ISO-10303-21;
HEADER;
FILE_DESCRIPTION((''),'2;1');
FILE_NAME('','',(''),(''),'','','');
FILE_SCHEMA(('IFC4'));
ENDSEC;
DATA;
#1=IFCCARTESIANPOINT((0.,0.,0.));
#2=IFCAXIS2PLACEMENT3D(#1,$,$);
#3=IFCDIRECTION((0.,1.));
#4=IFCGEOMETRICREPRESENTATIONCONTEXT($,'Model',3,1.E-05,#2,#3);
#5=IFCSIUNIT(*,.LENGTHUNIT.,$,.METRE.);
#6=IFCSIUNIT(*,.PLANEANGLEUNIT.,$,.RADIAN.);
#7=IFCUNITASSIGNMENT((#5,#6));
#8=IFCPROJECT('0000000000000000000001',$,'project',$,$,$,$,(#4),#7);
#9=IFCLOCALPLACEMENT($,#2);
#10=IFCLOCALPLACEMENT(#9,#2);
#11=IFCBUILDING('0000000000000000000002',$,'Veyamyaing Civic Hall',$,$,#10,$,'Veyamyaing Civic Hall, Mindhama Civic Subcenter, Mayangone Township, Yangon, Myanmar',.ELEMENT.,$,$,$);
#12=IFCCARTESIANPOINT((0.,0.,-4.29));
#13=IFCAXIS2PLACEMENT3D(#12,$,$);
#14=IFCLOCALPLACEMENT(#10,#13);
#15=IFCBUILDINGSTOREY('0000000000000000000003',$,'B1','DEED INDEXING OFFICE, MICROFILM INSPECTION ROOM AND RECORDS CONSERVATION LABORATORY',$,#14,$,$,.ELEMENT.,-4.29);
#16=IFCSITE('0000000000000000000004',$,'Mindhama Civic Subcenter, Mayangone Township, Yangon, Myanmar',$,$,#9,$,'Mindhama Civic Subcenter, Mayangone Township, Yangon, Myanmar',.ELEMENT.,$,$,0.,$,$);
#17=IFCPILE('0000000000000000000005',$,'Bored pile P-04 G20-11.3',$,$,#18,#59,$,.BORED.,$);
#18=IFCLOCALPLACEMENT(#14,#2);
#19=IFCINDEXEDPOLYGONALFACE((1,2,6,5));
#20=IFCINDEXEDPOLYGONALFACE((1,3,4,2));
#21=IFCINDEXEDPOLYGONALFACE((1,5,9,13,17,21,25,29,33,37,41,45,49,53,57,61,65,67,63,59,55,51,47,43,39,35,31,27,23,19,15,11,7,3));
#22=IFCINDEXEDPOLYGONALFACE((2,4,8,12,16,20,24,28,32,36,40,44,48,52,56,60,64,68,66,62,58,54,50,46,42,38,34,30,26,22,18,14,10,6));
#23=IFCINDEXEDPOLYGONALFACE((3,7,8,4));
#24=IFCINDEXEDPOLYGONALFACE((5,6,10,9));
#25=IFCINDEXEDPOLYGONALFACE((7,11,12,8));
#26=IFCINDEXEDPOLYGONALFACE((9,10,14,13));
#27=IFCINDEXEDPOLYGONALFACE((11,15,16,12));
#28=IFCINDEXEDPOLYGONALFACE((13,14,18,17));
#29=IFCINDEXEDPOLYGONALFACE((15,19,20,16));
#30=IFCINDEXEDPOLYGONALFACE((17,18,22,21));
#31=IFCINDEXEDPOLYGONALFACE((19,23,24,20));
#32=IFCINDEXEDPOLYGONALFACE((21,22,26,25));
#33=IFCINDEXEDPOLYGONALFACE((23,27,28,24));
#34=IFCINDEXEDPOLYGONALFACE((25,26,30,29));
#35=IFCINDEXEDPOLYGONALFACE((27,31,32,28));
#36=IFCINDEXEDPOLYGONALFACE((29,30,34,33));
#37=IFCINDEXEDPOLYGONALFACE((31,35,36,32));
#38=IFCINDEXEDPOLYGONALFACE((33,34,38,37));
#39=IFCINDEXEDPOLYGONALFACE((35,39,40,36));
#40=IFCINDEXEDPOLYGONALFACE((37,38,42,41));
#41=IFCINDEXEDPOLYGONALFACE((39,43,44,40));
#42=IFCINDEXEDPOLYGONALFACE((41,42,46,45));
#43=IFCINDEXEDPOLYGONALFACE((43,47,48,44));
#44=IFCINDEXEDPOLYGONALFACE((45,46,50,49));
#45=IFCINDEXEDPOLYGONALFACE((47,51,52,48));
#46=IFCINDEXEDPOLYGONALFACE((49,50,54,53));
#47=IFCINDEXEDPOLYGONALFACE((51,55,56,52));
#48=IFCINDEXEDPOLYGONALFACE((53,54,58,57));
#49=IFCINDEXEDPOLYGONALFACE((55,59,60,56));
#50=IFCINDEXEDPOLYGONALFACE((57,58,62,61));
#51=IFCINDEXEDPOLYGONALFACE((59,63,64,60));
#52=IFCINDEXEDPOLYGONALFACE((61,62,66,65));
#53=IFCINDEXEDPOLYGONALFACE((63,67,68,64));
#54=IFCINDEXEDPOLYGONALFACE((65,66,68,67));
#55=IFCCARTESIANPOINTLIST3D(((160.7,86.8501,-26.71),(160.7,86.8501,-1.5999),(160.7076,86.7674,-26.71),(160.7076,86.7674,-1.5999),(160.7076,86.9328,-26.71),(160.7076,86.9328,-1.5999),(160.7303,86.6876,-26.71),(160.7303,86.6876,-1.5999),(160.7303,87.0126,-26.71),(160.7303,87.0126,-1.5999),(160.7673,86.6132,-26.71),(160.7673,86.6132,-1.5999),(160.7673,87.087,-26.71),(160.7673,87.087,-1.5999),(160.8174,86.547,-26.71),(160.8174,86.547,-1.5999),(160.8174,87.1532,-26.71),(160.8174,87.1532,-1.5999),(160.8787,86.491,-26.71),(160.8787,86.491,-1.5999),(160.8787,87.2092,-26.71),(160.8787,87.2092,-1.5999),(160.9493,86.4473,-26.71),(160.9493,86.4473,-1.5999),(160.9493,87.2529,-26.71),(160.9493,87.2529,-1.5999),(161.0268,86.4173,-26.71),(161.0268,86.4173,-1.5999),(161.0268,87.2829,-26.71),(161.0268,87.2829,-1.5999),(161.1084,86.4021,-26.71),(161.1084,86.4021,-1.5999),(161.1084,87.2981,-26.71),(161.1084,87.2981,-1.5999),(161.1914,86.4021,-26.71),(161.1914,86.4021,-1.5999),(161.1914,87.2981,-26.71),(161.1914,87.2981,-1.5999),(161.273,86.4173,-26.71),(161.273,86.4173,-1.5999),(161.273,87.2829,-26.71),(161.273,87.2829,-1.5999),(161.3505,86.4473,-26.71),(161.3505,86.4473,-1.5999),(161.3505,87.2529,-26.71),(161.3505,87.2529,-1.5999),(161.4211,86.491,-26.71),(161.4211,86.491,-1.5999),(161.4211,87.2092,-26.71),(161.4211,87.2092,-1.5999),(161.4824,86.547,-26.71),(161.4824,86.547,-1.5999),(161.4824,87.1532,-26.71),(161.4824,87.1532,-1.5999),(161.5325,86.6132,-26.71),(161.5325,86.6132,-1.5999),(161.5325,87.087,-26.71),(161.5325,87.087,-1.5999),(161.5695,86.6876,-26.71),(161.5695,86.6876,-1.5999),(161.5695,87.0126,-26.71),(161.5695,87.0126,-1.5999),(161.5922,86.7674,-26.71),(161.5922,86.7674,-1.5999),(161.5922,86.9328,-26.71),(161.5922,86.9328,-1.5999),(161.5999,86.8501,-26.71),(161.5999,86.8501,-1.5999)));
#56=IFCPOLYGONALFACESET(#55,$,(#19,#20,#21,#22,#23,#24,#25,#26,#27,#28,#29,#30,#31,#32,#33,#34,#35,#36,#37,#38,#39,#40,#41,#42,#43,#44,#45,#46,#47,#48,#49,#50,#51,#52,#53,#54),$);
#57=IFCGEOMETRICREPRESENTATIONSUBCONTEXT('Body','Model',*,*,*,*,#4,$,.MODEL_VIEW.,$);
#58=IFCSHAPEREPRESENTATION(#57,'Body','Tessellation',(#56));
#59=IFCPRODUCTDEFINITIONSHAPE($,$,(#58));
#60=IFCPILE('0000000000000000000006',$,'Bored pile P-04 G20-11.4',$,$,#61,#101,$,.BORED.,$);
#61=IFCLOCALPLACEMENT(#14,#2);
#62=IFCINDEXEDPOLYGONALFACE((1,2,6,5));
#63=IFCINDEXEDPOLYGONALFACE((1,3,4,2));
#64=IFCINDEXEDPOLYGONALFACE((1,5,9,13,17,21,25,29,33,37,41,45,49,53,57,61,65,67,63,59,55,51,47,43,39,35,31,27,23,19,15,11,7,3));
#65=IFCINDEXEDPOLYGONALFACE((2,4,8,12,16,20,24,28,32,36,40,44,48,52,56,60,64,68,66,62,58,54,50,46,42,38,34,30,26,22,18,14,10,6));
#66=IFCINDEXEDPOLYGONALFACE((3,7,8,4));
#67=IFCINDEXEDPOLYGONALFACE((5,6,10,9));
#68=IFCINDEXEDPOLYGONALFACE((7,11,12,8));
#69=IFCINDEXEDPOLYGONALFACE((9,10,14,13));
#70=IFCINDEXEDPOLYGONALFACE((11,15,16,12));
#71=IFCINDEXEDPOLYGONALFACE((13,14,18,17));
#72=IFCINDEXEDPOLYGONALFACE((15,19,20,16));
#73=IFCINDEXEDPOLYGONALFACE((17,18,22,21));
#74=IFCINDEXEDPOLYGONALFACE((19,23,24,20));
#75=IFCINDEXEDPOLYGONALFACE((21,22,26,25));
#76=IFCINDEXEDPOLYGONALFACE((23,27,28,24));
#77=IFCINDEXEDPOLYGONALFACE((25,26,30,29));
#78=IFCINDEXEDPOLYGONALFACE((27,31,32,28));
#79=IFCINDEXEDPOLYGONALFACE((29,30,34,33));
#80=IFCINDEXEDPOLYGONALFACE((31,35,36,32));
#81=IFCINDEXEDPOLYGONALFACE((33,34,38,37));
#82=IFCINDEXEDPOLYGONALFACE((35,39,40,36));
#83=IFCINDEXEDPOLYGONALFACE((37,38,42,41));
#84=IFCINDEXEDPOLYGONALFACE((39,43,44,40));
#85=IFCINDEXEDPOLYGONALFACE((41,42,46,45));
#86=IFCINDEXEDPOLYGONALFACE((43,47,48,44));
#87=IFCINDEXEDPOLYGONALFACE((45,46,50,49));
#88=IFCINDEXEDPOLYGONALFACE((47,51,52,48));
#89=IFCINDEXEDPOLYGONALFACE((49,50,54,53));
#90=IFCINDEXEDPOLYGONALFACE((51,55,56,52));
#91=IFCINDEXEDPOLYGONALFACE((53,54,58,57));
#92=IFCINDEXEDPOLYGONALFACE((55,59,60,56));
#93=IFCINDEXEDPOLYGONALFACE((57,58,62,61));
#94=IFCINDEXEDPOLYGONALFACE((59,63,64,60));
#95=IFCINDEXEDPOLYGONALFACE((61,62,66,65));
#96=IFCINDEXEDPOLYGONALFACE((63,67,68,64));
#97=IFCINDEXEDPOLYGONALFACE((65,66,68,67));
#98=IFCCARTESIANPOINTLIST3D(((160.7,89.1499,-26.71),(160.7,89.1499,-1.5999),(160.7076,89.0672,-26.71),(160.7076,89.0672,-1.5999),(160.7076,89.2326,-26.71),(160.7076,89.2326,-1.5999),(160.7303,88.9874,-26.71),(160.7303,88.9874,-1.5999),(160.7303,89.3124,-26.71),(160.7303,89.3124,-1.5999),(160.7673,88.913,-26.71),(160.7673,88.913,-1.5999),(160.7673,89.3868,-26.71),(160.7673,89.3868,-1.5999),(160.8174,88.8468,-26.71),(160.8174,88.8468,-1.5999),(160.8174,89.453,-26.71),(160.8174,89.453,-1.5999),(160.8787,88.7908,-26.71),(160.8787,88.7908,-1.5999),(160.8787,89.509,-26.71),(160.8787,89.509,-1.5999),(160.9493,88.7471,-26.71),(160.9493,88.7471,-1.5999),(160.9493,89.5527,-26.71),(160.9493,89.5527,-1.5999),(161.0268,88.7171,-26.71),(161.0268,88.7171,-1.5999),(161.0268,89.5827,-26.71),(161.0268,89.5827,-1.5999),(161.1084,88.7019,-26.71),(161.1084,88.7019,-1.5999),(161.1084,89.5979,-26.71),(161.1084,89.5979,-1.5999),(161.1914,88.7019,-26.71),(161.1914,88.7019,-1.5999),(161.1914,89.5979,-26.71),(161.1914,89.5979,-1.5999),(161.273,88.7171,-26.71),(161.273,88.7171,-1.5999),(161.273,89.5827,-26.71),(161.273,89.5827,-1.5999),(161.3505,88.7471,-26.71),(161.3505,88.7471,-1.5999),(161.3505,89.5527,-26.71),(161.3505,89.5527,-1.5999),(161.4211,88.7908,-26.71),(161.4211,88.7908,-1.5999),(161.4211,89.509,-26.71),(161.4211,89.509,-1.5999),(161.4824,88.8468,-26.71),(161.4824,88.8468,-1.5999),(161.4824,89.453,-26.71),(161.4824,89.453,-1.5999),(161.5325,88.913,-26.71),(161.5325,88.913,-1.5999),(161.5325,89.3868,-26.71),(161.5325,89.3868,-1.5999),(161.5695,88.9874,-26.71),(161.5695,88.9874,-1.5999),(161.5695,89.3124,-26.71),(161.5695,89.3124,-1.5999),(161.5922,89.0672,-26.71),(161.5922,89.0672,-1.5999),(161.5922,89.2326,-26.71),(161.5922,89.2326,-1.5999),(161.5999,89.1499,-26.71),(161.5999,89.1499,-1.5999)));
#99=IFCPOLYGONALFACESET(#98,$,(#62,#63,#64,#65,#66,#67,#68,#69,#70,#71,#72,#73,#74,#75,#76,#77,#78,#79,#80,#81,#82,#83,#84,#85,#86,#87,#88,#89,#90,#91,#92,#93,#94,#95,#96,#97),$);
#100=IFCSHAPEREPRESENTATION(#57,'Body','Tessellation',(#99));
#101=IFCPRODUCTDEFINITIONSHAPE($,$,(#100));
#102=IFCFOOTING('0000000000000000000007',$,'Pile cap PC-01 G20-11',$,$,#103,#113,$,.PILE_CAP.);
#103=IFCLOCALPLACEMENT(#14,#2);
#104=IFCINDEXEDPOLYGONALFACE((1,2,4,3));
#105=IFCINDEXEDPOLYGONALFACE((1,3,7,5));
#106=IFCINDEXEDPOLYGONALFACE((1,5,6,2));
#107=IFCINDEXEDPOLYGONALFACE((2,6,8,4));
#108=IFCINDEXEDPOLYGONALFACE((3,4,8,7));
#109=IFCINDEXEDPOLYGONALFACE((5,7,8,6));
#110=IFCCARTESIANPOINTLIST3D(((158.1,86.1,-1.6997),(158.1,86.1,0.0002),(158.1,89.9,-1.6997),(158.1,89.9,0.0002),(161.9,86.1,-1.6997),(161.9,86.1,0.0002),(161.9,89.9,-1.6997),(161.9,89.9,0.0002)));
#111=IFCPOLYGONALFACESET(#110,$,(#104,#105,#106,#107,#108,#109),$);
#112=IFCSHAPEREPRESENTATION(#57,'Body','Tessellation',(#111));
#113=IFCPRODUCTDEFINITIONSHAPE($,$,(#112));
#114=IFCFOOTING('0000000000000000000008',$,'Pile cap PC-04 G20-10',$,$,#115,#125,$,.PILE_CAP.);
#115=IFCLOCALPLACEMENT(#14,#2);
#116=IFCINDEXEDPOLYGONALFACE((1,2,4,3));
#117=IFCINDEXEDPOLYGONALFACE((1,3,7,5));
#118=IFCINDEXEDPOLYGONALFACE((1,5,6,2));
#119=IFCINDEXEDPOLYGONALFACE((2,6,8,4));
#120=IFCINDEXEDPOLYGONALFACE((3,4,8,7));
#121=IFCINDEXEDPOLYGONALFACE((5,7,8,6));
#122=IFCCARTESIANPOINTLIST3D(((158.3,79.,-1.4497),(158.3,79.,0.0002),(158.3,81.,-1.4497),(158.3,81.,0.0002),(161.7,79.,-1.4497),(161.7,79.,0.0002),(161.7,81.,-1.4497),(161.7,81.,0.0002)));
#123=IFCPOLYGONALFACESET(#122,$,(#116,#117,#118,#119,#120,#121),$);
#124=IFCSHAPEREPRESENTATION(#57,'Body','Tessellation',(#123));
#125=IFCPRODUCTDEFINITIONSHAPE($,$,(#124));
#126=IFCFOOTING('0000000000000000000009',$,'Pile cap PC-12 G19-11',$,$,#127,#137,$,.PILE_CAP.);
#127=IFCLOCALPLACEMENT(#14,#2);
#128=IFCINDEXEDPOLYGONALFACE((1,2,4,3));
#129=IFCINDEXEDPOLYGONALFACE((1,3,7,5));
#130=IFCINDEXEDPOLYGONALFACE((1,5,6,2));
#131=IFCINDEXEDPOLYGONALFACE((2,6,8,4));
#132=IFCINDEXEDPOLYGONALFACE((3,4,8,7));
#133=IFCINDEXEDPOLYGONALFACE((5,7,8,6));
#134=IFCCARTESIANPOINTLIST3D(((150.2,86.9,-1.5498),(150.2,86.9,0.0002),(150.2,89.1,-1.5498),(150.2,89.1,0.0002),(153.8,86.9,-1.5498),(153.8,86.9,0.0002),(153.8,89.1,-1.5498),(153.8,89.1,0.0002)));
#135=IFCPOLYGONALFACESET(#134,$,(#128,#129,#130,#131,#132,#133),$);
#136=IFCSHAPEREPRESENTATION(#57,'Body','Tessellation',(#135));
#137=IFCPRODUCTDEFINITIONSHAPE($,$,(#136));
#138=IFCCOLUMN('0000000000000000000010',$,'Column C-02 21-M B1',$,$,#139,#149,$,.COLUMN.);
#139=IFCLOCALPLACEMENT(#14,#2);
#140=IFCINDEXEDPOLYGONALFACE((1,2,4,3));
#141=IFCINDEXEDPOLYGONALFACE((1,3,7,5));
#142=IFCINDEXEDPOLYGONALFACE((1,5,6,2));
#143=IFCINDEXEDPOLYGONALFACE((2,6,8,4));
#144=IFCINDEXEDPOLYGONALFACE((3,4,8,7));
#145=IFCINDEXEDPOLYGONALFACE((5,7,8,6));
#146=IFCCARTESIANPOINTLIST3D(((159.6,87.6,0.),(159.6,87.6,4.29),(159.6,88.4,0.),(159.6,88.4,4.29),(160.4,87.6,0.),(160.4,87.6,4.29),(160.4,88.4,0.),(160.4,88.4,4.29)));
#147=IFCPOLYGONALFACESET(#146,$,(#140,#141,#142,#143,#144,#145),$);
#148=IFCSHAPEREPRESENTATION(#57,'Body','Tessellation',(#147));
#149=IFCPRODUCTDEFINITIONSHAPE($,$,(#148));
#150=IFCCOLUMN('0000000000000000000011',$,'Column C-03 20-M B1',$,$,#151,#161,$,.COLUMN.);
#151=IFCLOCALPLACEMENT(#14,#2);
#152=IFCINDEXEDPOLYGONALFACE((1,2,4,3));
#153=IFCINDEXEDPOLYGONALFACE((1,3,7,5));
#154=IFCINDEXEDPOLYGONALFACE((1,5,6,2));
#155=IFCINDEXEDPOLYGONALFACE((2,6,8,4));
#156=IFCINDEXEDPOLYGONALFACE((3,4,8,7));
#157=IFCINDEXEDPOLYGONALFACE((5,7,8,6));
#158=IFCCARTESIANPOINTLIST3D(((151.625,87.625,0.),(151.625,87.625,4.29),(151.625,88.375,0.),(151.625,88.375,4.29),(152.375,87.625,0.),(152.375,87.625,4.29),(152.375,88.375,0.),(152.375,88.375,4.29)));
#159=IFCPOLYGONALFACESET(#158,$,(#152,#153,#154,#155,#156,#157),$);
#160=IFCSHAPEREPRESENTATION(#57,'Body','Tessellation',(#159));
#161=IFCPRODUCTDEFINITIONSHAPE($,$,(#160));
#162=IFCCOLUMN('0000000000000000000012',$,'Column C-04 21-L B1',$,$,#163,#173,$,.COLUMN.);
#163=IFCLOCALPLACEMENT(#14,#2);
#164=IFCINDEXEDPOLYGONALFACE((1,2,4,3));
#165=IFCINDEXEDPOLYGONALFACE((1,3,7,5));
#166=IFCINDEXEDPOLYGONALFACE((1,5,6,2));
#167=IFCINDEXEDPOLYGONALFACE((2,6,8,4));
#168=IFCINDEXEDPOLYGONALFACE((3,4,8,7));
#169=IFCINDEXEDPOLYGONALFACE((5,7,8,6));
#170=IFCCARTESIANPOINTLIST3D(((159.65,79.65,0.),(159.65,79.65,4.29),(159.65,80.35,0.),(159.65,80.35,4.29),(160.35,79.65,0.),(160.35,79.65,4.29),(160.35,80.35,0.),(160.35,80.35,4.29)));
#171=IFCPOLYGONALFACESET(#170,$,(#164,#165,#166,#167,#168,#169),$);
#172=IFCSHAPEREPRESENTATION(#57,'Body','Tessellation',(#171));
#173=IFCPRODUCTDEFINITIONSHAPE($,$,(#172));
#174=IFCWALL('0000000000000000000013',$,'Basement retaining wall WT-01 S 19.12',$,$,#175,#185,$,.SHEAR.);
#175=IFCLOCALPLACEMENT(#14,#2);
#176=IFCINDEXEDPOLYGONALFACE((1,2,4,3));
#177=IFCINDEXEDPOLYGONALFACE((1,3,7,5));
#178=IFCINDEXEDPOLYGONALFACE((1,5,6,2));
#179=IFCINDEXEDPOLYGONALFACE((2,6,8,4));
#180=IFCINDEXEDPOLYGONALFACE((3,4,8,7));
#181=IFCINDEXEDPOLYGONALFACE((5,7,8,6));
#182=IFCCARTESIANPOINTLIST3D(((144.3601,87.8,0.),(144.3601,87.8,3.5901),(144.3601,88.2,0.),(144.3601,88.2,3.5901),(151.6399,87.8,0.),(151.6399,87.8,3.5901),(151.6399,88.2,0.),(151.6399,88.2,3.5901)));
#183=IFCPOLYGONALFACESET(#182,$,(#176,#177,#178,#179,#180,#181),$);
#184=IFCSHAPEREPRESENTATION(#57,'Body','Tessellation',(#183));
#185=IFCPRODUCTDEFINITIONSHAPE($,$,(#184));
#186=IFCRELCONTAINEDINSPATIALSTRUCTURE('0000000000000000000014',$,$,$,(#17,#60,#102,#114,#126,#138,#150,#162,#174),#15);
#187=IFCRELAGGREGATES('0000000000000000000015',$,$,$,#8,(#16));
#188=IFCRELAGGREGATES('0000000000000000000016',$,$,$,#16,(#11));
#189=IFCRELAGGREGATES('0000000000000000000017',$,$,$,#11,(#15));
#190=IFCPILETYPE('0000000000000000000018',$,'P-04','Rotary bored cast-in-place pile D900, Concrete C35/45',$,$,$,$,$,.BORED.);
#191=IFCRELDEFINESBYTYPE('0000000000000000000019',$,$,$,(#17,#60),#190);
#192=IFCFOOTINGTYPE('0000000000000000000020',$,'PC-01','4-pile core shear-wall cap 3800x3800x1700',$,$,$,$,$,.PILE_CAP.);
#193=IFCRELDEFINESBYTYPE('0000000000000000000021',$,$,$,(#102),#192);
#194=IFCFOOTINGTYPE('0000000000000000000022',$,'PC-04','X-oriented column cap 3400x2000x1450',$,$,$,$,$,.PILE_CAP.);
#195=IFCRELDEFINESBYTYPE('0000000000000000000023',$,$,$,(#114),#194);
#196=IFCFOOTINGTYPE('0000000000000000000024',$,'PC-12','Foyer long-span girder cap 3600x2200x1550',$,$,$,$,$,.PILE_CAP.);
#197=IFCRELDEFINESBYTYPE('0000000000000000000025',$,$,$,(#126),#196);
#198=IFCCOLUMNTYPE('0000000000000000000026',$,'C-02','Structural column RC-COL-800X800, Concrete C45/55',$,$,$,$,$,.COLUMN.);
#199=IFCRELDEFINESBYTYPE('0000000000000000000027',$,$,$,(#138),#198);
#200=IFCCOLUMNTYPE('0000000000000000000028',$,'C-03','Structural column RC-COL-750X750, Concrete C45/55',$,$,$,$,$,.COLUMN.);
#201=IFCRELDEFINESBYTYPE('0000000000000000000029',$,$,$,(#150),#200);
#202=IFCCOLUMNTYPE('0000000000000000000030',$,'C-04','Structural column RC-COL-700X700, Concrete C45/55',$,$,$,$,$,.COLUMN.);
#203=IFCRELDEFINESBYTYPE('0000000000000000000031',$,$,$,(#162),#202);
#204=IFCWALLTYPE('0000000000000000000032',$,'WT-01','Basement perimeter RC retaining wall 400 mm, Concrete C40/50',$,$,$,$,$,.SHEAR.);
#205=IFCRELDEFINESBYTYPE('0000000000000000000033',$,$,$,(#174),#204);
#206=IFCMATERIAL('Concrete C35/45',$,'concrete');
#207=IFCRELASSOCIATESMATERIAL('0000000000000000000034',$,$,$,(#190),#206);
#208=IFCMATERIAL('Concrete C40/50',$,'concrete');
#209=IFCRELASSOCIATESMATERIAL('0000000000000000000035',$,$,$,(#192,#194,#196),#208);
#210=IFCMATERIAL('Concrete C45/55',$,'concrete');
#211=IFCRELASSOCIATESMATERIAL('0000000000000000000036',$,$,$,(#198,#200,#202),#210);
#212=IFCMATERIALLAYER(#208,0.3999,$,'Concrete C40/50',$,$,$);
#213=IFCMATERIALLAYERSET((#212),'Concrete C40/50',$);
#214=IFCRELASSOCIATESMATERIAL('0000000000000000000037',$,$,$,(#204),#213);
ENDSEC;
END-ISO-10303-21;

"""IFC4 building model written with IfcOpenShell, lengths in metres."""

from ifc_helpers import new_model, si_unit, direction, frame, frame_2d, origin, origin_2d, place, context, subcontext, project, spatial, rectangle, circle, extrude, material, layer, layer_set, material_profile, profile_set, type_object, element, save


model = new_model("IFC4")

# Units and contexts
model_context = context("Model", 3, precision=1e-05, world=origin(), true_north=direction((0.0, 1.0)))
body_context = subcontext(model_context, "Body", "Model", "MODEL_VIEW")
ifc_project = project(units=[si_unit("LENGTHUNIT", "METRE"), si_unit("PLANEANGLEUNIT", "RADIAN")], contexts=[model_context])

# Site, building, storey
site_placement = place(None, origin())
site = spatial("IfcSite", under=ifc_project, at=site_placement, Name="Mindhama Civic Subcenter, Mayangone Township, Yangon, Myanmar", LongName="Mindhama Civic Subcenter, Mayangone Township, Yangon, Myanmar", CompositionType="ELEMENT", RefElevation=0.0)
building_placement = place(site_placement, origin())
building = spatial("IfcBuilding", under=site, at=building_placement, Name="Veyamyaing Civic Hall", LongName="Veyamyaing Civic Hall, Mindhama Civic Subcenter, Mayangone Township, Yangon, Myanmar", CompositionType="ELEMENT")
storey_placement = place(building_placement, frame((0.0, 0.0, -4.29)))
storey = spatial("IfcBuildingStorey", under=building, at=storey_placement, Name="B1", Description="DEED INDEXING OFFICE, MICROFILM INSPECTION ROOM AND RECORDS CONSERVATION LABORATORY", CompositionType="ELEMENT", Elevation=-4.29)

# Shared definitions
ifc_material_1 = material(Name="Concrete C40/50", Category="concrete")

# Piles
ifc_material_2 = material(Name="Concrete C35/45", Category="concrete")
ifc_material_profile_1 = material_profile(ifc_material_2, circle(Radius=0.45, at=origin_2d()), Name="PILE-D900")
ifc_profile_set_1 = profile_set([ifc_material_profile_1], Name="Concrete C35/45")
pile_type_1 = type_object("IfcPileType", Name="P-04", Description="Rotary bored cast-in-place pile D900, Concrete C35/45", PredefinedType="BORED", material=ifc_profile_set_1)
for number, where, z_axis, x_axis, name in (
    (1, (161.1499, 86.8501, -1.5999), (0.0, 0.0, -1.0), (1.0, 0.0, 0.0), "Bored pile P-04 G20-11.3"),
    (2, (161.1499, 89.1499, -1.5999), (0.0, 0.0, -1.0), (1.0, 0.0, 0.0), "Bored pile P-04 G20-11.4"),
):
    element("IfcPile", number, at=place(storey_placement, frame(where, z_axis=z_axis, x_axis=x_axis)), inside=storey, type_object=pile_type_1, Name=name, PredefinedType="BORED", context=body_context, shape_type="SweptSolid", body=[
        extrude(circle(Radius=0.45, at=origin_2d()), origin(), (0.0, 0.0, 1.0), 25.1101),
    ])

# Footings
footing_type_1 = type_object("IfcFootingType", Name="PC-01", Description="4-pile core shear-wall cap 3800x3800x1700", PredefinedType="PILE_CAP", material=ifc_material_1)
footing_1_placement = place(storey_placement, frame((160.0, 88.0, -1.6997), z_axis=(0.0, 0.0, 1.0), x_axis=(1.0, 0.0, 0.0)))
element("IfcFooting", 3, at=footing_1_placement, inside=storey, type_object=footing_type_1, Name="Pile cap PC-01 G20-11", PredefinedType="PILE_CAP", context=body_context, shape_type="SweptSolid", body=[
    extrude(rectangle(XDim=3.8, YDim=3.8, at=origin_2d()), origin(), (0.0, 0.0, 1.0), 1.7),
])
footing_type_2 = type_object("IfcFootingType", Name="PC-04", Description="X-oriented column cap 3400x2000x1450", PredefinedType="PILE_CAP", material=ifc_material_1)
footing_2_placement = place(storey_placement, frame((160.0, 80.0, -1.4497), z_axis=(0.0, 0.0, 1.0), x_axis=(1.0, 0.0, 0.0)))
element("IfcFooting", 4, at=footing_2_placement, inside=storey, type_object=footing_type_2, Name="Pile cap PC-04 G20-10", PredefinedType="PILE_CAP", context=body_context, shape_type="SweptSolid", body=[
    extrude(rectangle(XDim=3.3999, YDim=2.0, at=origin_2d()), origin(), (0.0, 0.0, 1.0), 1.45),
])
footing_type_3 = type_object("IfcFootingType", Name="PC-12", Description="Foyer long-span girder cap 3600x2200x1550", PredefinedType="PILE_CAP", material=ifc_material_1)
footing_3_placement = place(storey_placement, frame((152.0, 88.0, -1.5498), z_axis=(0.0, 0.0, 1.0), x_axis=(1.0, 0.0, 0.0)))
element("IfcFooting", 5, at=footing_3_placement, inside=storey, type_object=footing_type_3, Name="Pile cap PC-12 G19-11", PredefinedType="PILE_CAP", context=body_context, shape_type="SweptSolid", body=[
    extrude(rectangle(XDim=3.6001, YDim=2.2, at=origin_2d()), origin(), (0.0, 0.0, 1.0), 1.55),
])

# Columns
ifc_material_3 = material(Name="Concrete C45/55", Category="concrete")
ifc_material_profile_2 = material_profile(ifc_material_3, rectangle(XDim=0.8, YDim=0.8, at=origin_2d()), Name="RC-COL-800X800")
ifc_profile_set_2 = profile_set([ifc_material_profile_2], Name="Concrete C45/55")
column_type_1 = type_object("IfcColumnType", Name="C-02", Description="Structural column RC-COL-800X800, Concrete C45/55", PredefinedType="COLUMN", material=ifc_profile_set_2)
column_1_placement = place(storey_placement, frame((160.0, 88.0, 0.0), z_axis=(0.0, 0.0, 1.0), x_axis=(1.0, 0.0, 0.0)))
element("IfcColumn", 6, at=column_1_placement, inside=storey, type_object=column_type_1, Name="Column C-02 21-M B1", PredefinedType="COLUMN", context=body_context, shape_type="SweptSolid", body=[
    extrude(rectangle(XDim=0.8, YDim=0.8, at=origin_2d()), origin(), (0.0, 0.0, 1.0), 4.29),
])
ifc_material_profile_3 = material_profile(ifc_material_3, rectangle(XDim=0.75, YDim=0.75, at=origin_2d()), Name="RC-COL-750X750")
ifc_profile_set_3 = profile_set([ifc_material_profile_3], Name="Concrete C45/55")
column_type_2 = type_object("IfcColumnType", Name="C-03", Description="Structural column RC-COL-750X750, Concrete C45/55", PredefinedType="COLUMN", material=ifc_profile_set_3)
column_2_placement = place(storey_placement, frame((152.0, 88.0, 0.0), z_axis=(0.0, 0.0, 1.0), x_axis=(1.0, 0.0, 0.0)))
element("IfcColumn", 7, at=column_2_placement, inside=storey, type_object=column_type_2, Name="Column C-03 20-M B1", PredefinedType="COLUMN", context=body_context, shape_type="SweptSolid", body=[
    extrude(rectangle(XDim=0.75, YDim=0.75, at=origin_2d()), origin(), (0.0, 0.0, 1.0), 4.29),
])
ifc_material_profile_4 = material_profile(ifc_material_3, rectangle(XDim=0.7, YDim=0.7, at=origin_2d()), Name="RC-COL-700X700")
ifc_profile_set_4 = profile_set([ifc_material_profile_4], Name="Concrete C45/55")
column_type_3 = type_object("IfcColumnType", Name="C-04", Description="Structural column RC-COL-700X700, Concrete C45/55", PredefinedType="COLUMN", material=ifc_profile_set_4)
column_3_placement = place(storey_placement, frame((160.0, 80.0, 0.0), z_axis=(0.0, 0.0, 1.0), x_axis=(1.0, 0.0, 0.0)))
element("IfcColumn", 8, at=column_3_placement, inside=storey, type_object=column_type_3, Name="Column C-04 21-L B1", PredefinedType="COLUMN", context=body_context, shape_type="SweptSolid", body=[
    extrude(rectangle(XDim=0.7, YDim=0.7, at=origin_2d()), origin(), (0.0, 0.0, 1.0), 4.29),
])

# Wall
ifc_layer_1 = layer(ifc_material_1, 0.3999, Name="Concrete C40/50")
ifc_layer_set_1 = layer_set([ifc_layer_1], Name="Concrete C40/50")
wall_type_1 = type_object("IfcWallType", Name="WT-01", Description="Basement perimeter RC retaining wall 400 mm, Concrete C40/50", PredefinedType="SHEAR", material=ifc_layer_set_1)
wall_1_placement = place(storey_placement, frame((144.3601, 88.0, 0.0), z_axis=(0.0, 0.0, 1.0), x_axis=(1.0, 0.0, 0.0)))
element("IfcWall", 9, at=wall_1_placement, inside=storey, type_object=wall_type_1, Name="Basement retaining wall WT-01 S 19.12", PredefinedType="SHEAR", context=body_context, shape_type="SweptSolid", body=[
    extrude(rectangle(XDim=7.2798, YDim=0.3999, at=frame_2d((3.6399, 0.0))), origin(), (0.0, 0.0, 1.0), 3.5901),
])

save(model, "model.ifc")
